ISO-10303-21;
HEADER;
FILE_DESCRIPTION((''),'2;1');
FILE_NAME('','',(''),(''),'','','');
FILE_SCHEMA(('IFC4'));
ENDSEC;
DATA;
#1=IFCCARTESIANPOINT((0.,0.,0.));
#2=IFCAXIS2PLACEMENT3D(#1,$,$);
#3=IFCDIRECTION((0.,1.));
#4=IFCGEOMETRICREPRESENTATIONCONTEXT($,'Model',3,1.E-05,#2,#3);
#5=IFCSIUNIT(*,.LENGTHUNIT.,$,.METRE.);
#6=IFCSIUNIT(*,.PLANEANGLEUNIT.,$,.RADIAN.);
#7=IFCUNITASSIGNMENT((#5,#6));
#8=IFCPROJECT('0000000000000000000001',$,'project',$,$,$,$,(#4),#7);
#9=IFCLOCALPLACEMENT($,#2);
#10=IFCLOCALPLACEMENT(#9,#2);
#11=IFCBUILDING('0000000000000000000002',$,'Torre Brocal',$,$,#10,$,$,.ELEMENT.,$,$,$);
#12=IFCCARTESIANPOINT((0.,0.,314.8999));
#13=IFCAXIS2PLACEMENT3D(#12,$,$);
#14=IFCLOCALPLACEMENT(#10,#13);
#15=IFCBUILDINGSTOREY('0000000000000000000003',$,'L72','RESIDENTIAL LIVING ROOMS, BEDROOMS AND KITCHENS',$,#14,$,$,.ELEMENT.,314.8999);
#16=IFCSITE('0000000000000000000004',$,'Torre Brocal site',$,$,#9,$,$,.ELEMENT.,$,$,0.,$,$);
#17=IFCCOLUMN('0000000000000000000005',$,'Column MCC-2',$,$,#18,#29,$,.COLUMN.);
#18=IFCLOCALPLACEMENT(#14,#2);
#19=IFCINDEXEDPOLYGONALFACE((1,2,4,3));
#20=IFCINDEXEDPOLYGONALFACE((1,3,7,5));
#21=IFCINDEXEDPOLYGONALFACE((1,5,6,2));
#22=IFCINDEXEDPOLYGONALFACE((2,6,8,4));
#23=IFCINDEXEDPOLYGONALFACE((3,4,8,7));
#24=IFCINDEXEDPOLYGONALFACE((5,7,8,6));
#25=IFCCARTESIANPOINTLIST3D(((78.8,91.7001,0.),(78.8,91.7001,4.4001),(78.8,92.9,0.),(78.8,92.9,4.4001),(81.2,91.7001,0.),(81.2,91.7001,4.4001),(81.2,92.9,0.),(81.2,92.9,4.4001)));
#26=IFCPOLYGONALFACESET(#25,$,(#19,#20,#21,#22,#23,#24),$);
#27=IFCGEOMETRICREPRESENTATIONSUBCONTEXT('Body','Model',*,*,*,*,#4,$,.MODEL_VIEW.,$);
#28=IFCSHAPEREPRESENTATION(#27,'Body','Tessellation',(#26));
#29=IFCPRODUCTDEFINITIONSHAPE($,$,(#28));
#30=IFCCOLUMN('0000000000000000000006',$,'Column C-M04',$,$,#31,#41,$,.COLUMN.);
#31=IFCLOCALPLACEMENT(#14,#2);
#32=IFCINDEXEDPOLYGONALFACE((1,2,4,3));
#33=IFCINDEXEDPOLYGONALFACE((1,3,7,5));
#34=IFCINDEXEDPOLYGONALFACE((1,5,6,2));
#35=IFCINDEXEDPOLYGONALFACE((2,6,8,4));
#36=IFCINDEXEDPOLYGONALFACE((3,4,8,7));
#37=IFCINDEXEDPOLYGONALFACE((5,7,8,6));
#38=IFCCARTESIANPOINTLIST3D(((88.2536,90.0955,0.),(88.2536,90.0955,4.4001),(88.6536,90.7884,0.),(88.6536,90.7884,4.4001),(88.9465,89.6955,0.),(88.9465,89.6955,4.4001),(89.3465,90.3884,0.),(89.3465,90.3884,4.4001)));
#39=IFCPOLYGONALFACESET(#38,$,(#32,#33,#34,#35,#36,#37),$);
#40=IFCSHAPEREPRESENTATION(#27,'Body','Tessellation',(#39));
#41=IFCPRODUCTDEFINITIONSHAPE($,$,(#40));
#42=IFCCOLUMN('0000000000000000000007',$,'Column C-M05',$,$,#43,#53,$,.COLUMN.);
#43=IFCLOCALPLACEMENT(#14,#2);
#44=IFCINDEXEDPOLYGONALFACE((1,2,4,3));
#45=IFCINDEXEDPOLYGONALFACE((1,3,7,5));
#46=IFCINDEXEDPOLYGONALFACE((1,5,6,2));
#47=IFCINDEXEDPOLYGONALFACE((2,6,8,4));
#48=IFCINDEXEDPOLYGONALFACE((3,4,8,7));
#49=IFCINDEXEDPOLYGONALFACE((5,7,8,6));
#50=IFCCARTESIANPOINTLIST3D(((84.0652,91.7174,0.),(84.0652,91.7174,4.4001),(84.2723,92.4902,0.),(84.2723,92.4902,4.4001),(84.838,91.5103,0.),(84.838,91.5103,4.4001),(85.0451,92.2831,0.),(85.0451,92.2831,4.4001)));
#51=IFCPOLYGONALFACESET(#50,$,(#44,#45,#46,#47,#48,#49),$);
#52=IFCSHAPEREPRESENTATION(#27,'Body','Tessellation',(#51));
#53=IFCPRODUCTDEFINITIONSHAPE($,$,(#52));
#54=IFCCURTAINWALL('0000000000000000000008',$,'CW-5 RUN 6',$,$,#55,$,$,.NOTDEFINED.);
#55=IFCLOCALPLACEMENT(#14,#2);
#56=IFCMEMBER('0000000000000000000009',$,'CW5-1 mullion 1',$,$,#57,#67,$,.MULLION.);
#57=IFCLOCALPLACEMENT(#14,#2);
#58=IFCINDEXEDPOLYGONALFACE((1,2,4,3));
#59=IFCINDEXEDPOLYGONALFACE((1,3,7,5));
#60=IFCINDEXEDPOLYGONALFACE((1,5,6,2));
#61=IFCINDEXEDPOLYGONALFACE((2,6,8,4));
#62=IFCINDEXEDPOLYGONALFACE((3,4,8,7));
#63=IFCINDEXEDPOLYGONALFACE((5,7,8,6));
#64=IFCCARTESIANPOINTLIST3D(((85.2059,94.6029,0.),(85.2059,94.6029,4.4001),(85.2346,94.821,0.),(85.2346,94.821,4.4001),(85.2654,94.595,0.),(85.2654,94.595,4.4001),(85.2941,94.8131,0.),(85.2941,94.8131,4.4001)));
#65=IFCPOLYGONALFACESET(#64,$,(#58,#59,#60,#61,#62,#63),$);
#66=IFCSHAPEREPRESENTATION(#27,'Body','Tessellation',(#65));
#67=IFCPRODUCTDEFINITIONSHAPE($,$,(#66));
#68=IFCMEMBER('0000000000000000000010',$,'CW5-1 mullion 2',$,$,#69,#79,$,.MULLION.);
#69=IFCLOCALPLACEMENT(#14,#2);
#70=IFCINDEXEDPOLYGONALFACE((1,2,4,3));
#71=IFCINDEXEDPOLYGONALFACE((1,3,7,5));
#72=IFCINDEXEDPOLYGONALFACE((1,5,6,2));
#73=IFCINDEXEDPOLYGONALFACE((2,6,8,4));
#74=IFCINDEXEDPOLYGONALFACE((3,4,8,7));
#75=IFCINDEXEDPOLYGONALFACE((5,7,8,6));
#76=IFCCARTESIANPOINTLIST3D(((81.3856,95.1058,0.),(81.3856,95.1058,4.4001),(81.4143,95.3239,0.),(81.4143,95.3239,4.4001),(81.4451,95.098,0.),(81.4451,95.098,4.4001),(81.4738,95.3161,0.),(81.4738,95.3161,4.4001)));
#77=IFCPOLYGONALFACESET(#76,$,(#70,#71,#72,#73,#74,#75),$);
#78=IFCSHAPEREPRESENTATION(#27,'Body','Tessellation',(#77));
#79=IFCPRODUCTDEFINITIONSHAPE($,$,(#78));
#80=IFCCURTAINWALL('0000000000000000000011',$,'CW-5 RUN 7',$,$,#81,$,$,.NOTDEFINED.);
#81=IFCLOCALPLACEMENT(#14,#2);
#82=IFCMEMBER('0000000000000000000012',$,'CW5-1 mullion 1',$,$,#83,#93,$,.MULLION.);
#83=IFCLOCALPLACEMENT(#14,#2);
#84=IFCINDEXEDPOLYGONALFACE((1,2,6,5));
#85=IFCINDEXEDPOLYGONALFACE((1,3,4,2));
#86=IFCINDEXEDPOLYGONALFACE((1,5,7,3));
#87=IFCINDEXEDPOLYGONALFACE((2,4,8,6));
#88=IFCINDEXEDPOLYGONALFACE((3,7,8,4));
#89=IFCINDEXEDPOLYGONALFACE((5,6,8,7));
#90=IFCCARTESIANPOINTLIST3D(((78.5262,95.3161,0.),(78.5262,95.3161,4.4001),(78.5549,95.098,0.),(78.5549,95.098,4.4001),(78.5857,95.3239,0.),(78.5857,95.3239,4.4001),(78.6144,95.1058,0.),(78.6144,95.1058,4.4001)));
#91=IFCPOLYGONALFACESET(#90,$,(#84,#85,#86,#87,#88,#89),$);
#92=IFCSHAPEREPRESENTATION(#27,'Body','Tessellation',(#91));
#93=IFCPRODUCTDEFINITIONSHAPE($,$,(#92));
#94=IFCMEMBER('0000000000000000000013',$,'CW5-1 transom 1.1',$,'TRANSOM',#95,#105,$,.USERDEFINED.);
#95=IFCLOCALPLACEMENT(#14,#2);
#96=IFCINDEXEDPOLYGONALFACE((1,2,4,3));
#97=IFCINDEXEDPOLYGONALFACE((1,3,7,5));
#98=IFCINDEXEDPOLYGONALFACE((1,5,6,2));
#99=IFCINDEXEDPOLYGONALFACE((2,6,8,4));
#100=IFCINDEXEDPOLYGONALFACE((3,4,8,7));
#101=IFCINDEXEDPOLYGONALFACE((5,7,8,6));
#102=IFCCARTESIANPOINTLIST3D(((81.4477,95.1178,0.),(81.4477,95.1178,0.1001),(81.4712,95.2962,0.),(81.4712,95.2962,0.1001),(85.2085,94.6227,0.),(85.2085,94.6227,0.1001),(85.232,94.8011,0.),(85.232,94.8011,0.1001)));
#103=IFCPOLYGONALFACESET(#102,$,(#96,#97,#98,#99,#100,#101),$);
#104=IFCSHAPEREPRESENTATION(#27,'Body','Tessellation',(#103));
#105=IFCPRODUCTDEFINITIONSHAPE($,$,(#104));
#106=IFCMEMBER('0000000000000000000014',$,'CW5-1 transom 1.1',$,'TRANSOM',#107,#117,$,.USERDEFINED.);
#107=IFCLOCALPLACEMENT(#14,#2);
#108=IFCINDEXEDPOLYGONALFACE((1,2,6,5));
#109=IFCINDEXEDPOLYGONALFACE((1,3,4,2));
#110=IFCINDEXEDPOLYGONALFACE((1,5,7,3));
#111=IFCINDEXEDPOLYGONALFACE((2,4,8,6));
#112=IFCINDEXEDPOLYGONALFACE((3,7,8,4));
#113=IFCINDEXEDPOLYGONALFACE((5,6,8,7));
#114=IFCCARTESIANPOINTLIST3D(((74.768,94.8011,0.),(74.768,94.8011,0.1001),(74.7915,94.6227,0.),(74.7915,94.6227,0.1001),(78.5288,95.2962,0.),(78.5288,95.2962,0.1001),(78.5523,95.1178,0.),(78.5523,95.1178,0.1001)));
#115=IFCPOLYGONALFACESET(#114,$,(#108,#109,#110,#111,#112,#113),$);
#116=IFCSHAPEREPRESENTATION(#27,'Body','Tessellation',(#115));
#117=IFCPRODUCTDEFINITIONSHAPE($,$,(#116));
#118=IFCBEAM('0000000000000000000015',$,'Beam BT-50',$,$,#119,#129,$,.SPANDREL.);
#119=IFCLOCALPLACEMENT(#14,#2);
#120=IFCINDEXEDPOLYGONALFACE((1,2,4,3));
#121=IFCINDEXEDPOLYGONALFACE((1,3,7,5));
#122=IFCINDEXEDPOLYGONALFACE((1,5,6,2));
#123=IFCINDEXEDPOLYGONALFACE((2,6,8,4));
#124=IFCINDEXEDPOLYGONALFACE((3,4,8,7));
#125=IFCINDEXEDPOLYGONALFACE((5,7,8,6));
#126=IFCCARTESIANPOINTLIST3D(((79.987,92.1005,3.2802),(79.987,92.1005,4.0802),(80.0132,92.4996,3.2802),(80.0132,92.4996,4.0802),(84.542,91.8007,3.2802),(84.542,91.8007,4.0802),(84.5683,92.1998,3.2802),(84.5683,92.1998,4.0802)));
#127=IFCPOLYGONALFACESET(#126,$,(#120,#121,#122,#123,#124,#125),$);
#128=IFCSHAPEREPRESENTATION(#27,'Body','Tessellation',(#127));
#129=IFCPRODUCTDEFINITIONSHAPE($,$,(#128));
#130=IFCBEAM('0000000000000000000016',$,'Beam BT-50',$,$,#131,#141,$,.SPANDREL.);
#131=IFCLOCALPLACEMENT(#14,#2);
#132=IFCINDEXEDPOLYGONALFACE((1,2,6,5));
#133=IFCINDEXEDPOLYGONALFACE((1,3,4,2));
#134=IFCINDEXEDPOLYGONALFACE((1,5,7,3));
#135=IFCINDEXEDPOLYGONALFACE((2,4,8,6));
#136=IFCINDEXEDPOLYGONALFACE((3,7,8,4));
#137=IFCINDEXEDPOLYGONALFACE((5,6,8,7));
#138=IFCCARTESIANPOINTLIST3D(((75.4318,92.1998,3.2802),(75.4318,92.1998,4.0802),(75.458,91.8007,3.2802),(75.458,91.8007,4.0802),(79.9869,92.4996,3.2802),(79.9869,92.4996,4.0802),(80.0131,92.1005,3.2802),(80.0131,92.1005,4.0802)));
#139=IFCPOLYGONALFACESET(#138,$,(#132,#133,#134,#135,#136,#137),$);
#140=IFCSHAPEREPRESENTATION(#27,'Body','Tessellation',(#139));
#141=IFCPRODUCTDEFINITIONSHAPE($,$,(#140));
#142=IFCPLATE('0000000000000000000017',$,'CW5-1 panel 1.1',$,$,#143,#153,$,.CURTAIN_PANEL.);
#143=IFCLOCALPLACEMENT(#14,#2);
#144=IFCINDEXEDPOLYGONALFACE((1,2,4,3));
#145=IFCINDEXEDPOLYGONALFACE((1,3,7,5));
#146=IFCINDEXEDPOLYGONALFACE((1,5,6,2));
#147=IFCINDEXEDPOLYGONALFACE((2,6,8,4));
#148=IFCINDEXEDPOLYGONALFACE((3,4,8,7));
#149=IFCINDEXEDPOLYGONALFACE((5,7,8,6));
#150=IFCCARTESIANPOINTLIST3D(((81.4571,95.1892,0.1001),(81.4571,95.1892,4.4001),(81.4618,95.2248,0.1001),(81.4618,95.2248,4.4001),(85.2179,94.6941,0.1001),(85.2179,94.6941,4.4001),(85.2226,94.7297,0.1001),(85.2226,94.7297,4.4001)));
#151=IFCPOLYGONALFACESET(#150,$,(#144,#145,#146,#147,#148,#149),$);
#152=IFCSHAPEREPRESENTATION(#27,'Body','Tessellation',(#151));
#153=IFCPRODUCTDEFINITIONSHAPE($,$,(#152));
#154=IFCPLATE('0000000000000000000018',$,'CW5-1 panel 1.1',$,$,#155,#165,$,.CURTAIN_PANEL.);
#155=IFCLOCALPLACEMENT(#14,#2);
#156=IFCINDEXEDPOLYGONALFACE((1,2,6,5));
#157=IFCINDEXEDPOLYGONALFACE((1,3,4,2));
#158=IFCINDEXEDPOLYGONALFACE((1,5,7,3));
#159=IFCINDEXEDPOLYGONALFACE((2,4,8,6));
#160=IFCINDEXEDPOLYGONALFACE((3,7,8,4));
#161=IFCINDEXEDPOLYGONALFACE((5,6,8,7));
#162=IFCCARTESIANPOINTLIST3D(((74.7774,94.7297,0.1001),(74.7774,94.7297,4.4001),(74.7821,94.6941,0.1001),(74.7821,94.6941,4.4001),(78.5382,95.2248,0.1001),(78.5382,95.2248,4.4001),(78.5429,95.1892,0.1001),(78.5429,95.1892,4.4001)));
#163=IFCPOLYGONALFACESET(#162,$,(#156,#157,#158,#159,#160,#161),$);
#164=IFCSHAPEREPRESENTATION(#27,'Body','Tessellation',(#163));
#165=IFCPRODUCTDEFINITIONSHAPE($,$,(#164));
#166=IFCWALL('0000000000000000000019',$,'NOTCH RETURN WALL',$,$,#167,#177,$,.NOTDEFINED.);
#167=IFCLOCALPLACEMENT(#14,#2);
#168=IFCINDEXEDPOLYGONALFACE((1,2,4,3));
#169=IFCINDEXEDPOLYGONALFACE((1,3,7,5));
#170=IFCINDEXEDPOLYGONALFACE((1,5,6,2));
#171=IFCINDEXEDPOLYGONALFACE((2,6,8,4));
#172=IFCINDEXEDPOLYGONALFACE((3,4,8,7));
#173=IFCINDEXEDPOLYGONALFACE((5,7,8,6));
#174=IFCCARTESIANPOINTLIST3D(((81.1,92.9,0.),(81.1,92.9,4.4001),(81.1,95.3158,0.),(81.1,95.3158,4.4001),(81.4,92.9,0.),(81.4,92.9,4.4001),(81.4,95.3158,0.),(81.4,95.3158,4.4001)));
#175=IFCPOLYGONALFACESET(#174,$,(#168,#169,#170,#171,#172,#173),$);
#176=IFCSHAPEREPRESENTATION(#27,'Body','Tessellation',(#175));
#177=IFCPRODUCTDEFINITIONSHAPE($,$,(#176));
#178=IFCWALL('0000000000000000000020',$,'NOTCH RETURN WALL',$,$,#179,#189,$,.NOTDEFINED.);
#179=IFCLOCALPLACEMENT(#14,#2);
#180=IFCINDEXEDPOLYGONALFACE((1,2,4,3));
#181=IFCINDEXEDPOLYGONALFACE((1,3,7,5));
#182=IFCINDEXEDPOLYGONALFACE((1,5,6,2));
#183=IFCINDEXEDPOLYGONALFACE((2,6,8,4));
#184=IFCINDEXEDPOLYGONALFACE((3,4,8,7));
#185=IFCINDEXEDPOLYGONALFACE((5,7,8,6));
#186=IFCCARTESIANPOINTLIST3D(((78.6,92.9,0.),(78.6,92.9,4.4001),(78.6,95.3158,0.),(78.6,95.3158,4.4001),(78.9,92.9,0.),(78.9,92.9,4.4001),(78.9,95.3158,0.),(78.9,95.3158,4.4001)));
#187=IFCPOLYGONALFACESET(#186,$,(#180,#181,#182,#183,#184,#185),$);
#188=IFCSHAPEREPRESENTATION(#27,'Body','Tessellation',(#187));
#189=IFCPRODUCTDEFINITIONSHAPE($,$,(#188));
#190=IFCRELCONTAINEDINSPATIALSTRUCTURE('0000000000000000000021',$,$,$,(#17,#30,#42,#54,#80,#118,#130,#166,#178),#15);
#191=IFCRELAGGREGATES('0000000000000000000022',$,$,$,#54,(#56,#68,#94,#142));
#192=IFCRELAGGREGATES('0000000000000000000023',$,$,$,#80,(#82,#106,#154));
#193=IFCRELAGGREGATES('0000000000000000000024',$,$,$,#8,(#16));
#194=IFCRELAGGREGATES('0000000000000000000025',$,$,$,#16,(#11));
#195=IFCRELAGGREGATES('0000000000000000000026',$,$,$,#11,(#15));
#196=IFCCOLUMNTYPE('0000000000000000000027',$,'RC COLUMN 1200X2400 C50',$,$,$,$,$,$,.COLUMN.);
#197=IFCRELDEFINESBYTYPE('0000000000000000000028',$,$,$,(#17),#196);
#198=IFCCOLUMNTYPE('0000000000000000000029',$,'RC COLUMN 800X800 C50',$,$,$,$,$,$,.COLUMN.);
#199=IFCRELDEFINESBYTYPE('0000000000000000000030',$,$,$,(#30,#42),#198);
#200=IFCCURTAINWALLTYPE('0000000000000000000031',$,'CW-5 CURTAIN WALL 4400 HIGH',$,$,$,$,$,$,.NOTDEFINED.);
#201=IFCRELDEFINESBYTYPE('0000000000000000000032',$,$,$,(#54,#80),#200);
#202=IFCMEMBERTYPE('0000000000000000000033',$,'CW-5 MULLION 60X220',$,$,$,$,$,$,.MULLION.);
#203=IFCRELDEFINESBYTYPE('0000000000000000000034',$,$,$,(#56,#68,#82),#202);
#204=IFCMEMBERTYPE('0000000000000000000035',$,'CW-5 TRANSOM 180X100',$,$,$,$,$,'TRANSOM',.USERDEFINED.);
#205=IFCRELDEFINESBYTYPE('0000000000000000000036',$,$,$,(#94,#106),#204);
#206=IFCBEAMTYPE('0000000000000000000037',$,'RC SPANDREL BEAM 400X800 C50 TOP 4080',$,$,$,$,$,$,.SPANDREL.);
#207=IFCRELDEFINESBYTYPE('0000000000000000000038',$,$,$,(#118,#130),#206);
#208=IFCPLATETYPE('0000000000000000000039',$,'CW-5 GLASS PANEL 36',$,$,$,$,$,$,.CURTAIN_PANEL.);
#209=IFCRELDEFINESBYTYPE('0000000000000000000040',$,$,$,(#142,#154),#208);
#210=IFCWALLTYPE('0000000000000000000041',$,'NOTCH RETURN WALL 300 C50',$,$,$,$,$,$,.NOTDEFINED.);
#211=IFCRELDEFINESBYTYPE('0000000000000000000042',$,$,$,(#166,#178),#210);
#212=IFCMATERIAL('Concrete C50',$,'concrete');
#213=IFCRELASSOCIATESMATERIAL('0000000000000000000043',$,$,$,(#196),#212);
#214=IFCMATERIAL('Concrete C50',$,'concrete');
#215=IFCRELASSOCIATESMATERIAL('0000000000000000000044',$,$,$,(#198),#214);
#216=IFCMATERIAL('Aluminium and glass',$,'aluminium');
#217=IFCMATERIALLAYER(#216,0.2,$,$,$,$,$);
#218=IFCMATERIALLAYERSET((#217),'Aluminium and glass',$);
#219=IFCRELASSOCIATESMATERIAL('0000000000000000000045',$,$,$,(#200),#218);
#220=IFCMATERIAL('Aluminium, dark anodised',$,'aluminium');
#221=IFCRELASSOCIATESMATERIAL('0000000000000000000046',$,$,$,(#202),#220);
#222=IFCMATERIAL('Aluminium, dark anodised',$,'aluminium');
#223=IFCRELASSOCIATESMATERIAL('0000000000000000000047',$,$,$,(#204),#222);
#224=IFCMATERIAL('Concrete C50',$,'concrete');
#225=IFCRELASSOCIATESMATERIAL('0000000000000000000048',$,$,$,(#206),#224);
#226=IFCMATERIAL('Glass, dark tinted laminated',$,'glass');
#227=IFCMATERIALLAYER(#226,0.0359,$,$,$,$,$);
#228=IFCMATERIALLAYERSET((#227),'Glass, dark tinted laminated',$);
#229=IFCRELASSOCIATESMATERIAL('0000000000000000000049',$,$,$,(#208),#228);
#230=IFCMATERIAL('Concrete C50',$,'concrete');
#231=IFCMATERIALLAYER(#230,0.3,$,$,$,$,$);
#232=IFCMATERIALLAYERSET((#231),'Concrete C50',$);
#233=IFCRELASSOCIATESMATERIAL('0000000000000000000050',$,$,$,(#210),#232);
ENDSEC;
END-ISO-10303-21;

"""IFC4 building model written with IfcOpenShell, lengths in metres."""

from ifc_helpers import new_model, si_unit, direction, frame, frame_2d, origin, origin_2d, place, context, subcontext, project, spatial, rectangle, extrude, material, layer, layer_set, material_profile, profile_set, type_object, element, aggregate, save


model = new_model("IFC4")

# Units and contexts
model_context = context("Model", 3, precision=1e-05, world=origin(), true_north=direction((0.0, 1.0)))
body_context = subcontext(model_context, "Body", "Model", "MODEL_VIEW")
ifc_project = project(units=[si_unit("LENGTHUNIT", "METRE"), si_unit("PLANEANGLEUNIT", "RADIAN")], contexts=[model_context])

# Site, building, storey
site_placement = place(None, origin())
site = spatial("IfcSite", under=ifc_project, at=site_placement, Name="Torre Brocal site", CompositionType="ELEMENT", RefElevation=0.0)
building_placement = place(site_placement, origin())
building = spatial("IfcBuilding", under=site, at=building_placement, Name="Torre Brocal", CompositionType="ELEMENT")
storey_placement = place(building_placement, frame((0.0, 0.0, 314.8999)))
storey = spatial("IfcBuildingStorey", under=building, at=storey_placement, Name="L72", Description="RESIDENTIAL LIVING ROOMS, BEDROOMS AND KITCHENS", CompositionType="ELEMENT", Elevation=314.8999)

# Columns
ifc_material_1 = material(Name="Concrete C50", Category="concrete")
ifc_material_profile_1 = material_profile(ifc_material_1, rectangle(XDim=1.2, YDim=2.3999, at=origin_2d()), Name="RC 1200X2400")
ifc_profile_set_1 = profile_set([ifc_material_profile_1], Name="Concrete C50")
column_type_1 = type_object("IfcColumnType", Name="RC COLUMN 1200X2400 C50", PredefinedType="COLUMN", material=ifc_profile_set_1)
column_placement = place(storey_placement, frame((80.0, 92.3, 0.0), z_axis=(0.0, 0.0, 1.0), x_axis=(0.0, 1.0, 0.0)))
element("IfcColumn", 1, at=column_placement, inside=storey, type_object=column_type_1, Name="Column MCC-2", PredefinedType="COLUMN", context=body_context, shape_type="SweptSolid", body=[
    extrude(rectangle(XDim=1.2, YDim=2.3999, at=origin_2d()), origin(), (0.0, 0.0, 1.0), 4.4001),
])
ifc_material_2 = material(Name="Concrete C50", Category="concrete")
ifc_material_profile_2 = material_profile(ifc_material_2, rectangle(XDim=0.8, YDim=0.8, at=origin_2d()), Name="RC 800X800")
ifc_profile_set_2 = profile_set([ifc_material_profile_2], Name="Concrete C50")
column_type_2 = type_object("IfcColumnType", Name="RC COLUMN 800X800 C50", PredefinedType="COLUMN", material=ifc_profile_set_2)
for number, where, z_axis, x_axis, name in (
    (2, (88.8, 90.2419, 0.0), (0.0, 0.0, 1.0), (0.5, 0.866025, 0.0), "Column C-M04"),
    (3, (84.5552, 92.0002, 0.0), (0.0, 0.0, 1.0), (0.258819, 0.965926, 0.0), "Column C-M05"),
):
    element("IfcColumn", number, at=place(storey_placement, frame(where, z_axis=z_axis, x_axis=x_axis)), inside=storey, type_object=column_type_2, Name=name, PredefinedType="COLUMN", context=body_context, shape_type="SweptSolid", body=[
        extrude(rectangle(XDim=0.8, YDim=0.8, at=origin_2d()), origin(), (0.0, 0.0, 1.0), 4.4001),
    ])

# Curtain wall, members
ifc_material_3 = material(Name="Aluminium and glass", Category="aluminium")
ifc_layer_1 = layer(ifc_material_3, 0.2)
ifc_layer_set_1 = layer_set([ifc_layer_1], Name="Aluminium and glass")
curtain_wall_type = type_object("IfcCurtainWallType", Name="CW-5 CURTAIN WALL 4400 HIGH", PredefinedType="NOTDEFINED", material=ifc_layer_set_1)
curtain_wall_1_placement = place(storey_placement, origin())
curtain_wall_1 = element("IfcCurtainWall", 4, at=curtain_wall_1_placement, inside=storey, type_object=curtain_wall_type, Name="CW-5 RUN 6", PredefinedType="NOTDEFINED")
ifc_material_4 = material(Name="Aluminium, dark anodised", Category="aluminium")
ifc_material_profile_3 = material_profile(ifc_material_4, rectangle(XDim=0.22, YDim=0.0601, at=origin_2d()), Name="CW-5 MULLION 60X220")
ifc_profile_set_3 = profile_set([ifc_material_profile_3], Name="Aluminium, dark anodised")
member_type_1 = type_object("IfcMemberType", Name="CW-5 MULLION 60X220", PredefinedType="MULLION", material=ifc_profile_set_3)
member_1_placement = place(storey_placement, frame((85.25, 94.708, 0.0), z_axis=(0.0, 0.0, 1.0), x_axis=(-0.130526, -0.991445, 0.0)))
member_1 = element("IfcMember", 5, at=member_1_placement, type_object=member_type_1, Name="CW5-1 mullion 1", PredefinedType="MULLION", context=body_context, shape_type="SweptSolid", body=[
    extrude(rectangle(XDim=0.22, YDim=0.0601, at=origin_2d()), origin(), (0.0, 0.0, 1.0), 4.4001),
])
member_2_placement = place(storey_placement, frame((81.4297, 95.2109, 0.0), z_axis=(0.0, 0.0, 1.0), x_axis=(-0.130526, -0.991445, 0.0)))
member_2 = element("IfcMember", 6, at=member_2_placement, type_object=member_type_1, Name="CW5-1 mullion 2", PredefinedType="MULLION", context=body_context, shape_type="SweptSolid", body=[
    extrude(rectangle(XDim=0.22, YDim=0.0601, at=origin_2d()), origin(), (0.0, 0.0, 1.0), 4.4001),
])

# Curtain wall, member
curtain_wall_2_placement = place(storey_placement, origin())
curtain_wall_2 = element("IfcCurtainWall", 7, at=curtain_wall_2_placement, inside=storey, type_object=curtain_wall_type, Name="CW-5 RUN 7", PredefinedType="NOTDEFINED")
member_3_placement = place(storey_placement, frame((78.5703, 95.2109, 0.0), z_axis=(0.0, 0.0, 1.0), x_axis=(0.130526, -0.991445, 0.0)))
member_3 = element("IfcMember", 8, at=member_3_placement, type_object=member_type_1, Name="CW5-1 mullion 1", PredefinedType="MULLION", context=body_context, shape_type="SweptSolid", body=[
    extrude(rectangle(XDim=0.22, YDim=0.0601, at=origin_2d()), origin(), (0.0, 0.0, 1.0), 4.4001),
])

# Members
ifc_material_5 = material(Name="Aluminium, dark anodised", Category="aluminium")
ifc_material_profile_4 = material_profile(ifc_material_5, rectangle(XDim=0.1799, YDim=0.1001, at=origin_2d()), Name="CW-5 TRANSOM 180X100")
ifc_profile_set_4 = profile_set([ifc_material_profile_4], Name="Aluminium, dark anodised")
member_type_2 = type_object("IfcMemberType", Name="CW-5 TRANSOM 180X100", ElementType="TRANSOM", PredefinedType="USERDEFINED", material=ifc_profile_set_4)
member_4_placement = place(storey_placement, frame((85.2202, 94.7119, 0.05), z_axis=(-0.991445, 0.130528, 0.0), x_axis=(-0.130528, -0.991445, 0.0)))
member_4 = element("IfcMember", 9, at=member_4_placement, type_object=member_type_2, Name="CW5-1 transom 1.1", ObjectType="TRANSOM", PredefinedType="USERDEFINED", context=body_context, shape_type="SweptSolid", body=[
    extrude(rectangle(XDim=0.1799, YDim=0.1001, at=origin_2d()), origin(), (0.0, 0.0, 1.0), 3.7932),
])
member_5_placement = place(storey_placement, frame((78.5405, 95.207, 0.05), z_axis=(-0.991445, -0.130528, 0.0), x_axis=(0.130528, -0.991445, 0.0)))
member_5 = element("IfcMember", 10, at=member_5_placement, type_object=member_type_2, Name="CW5-1 transom 1.1", ObjectType="TRANSOM", PredefinedType="USERDEFINED", context=body_context, shape_type="SweptSolid", body=[
    extrude(rectangle(XDim=0.1799, YDim=0.1001, at=origin_2d()), origin(), (0.0, 0.0, 1.0), 3.7932),
])

# Beams
ifc_material_6 = material(Name="Concrete C50", Category="concrete")
ifc_material_profile_5 = material_profile(ifc_material_6, rectangle(XDim=0.3999, YDim=0.8, at=origin_2d()), Name="RC 400X800")
ifc_profile_set_5 = profile_set([ifc_material_profile_5], Name="Concrete C50")
beam_type = type_object("IfcBeamType", Name="RC SPANDREL BEAM 400X800 C50 TOP 4080", PredefinedType="SPANDREL", material=ifc_profile_set_5)
for number, where, z_axis, x_axis, name in (
    (11, (84.5552, 92.0002, 3.6802), (-0.997841, 0.065674, 0.0), (-0.065674, -0.997841, 0.0), "Beam BT-50"),
    (12, (80.0, 92.3, 3.6802), (-0.997841, -0.065674, 0.0), (0.065674, -0.997841, 0.0), "Beam BT-50"),
):
    element("IfcBeam", number, at=place(storey_placement, frame(where, z_axis=z_axis, x_axis=x_axis)), inside=storey, type_object=beam_type, Name=name, PredefinedType="SPANDREL", context=body_context, shape_type="SweptSolid", body=[
        extrude(rectangle(XDim=0.3999, YDim=0.8, at=origin_2d()), origin(), (0.0, 0.0, 1.0), 4.5649),
    ])

# Plates
ifc_material_7 = material(Name="Glass, dark tinted laminated", Category="glass")
ifc_layer_2 = layer(ifc_material_7, 0.0359)
ifc_layer_set_2 = layer_set([ifc_layer_2], Name="Glass, dark tinted laminated")
plate_type = type_object("IfcPlateType", Name="CW-5 GLASS PANEL 36", PredefinedType="CURTAIN_PANEL", material=ifc_layer_set_2)
plate_1_placement = place(storey_placement, frame((83.3398, 94.9595, 0.1001), z_axis=(0.0, 0.0, 1.0), x_axis=(-0.991445, 0.130526, 0.0)))
plate_1 = element("IfcPlate", 13, at=plate_1_placement, type_object=plate_type, Name="CW5-1 panel 1.1", PredefinedType="CURTAIN_PANEL", context=body_context, shape_type="SweptSolid", body=[
    extrude(rectangle(XDim=3.7932, YDim=0.0359, at=origin_2d()), origin(), (0.0, 0.0, 1.0), 4.3),
])
aggregate(curtain_wall_1, [member_1, member_2, member_4, plate_1])
plate_2_placement = place(storey_placement, frame((76.6602, 94.9595, 0.1001), z_axis=(0.0, 0.0, 1.0), x_axis=(-0.991445, -0.130526, 0.0)))
plate_2 = element("IfcPlate", 14, at=plate_2_placement, type_object=plate_type, Name="CW5-1 panel 1.1", PredefinedType="CURTAIN_PANEL", context=body_context, shape_type="SweptSolid", body=[
    extrude(rectangle(XDim=3.7932, YDim=0.0359, at=origin_2d()), origin(), (0.0, 0.0, 1.0), 4.3),
])
aggregate(curtain_wall_2, [member_3, member_5, plate_2])

# Walls
ifc_material_8 = material(Name="Concrete C50", Category="concrete")
ifc_layer_3 = layer(ifc_material_8, 0.3)
ifc_layer_set_3 = layer_set([ifc_layer_3], Name="Concrete C50")
wall_type_1 = type_object("IfcWallType", Name="NOTCH RETURN WALL 300 C50", PredefinedType="NOTDEFINED", material=ifc_layer_set_3)
for number, where, z_axis, x_axis, name in (
    (15, (81.25, 92.8999, 0.0), (0.0, 0.0, 1.0), (0.0, 1.0, 0.0), "NOTCH RETURN WALL"),
    (16, (78.75, 92.8999, 0.0), (0.0, 0.0, 1.0), (0.0, 1.0, 0.0), "NOTCH RETURN WALL"),
):
    element("IfcWall", number, at=place(storey_placement, frame(where, z_axis=z_axis, x_axis=x_axis)), inside=storey, type_object=wall_type_1, Name=name, PredefinedType="NOTDEFINED", context=body_context, shape_type="SweptSolid", body=[
        extrude(rectangle(XDim=2.4158, YDim=0.3, at=frame_2d((1.208, 0.0))), origin(), (0.0, 0.0, 1.0), 4.4001),
    ])

save(model, "model.ifc")
